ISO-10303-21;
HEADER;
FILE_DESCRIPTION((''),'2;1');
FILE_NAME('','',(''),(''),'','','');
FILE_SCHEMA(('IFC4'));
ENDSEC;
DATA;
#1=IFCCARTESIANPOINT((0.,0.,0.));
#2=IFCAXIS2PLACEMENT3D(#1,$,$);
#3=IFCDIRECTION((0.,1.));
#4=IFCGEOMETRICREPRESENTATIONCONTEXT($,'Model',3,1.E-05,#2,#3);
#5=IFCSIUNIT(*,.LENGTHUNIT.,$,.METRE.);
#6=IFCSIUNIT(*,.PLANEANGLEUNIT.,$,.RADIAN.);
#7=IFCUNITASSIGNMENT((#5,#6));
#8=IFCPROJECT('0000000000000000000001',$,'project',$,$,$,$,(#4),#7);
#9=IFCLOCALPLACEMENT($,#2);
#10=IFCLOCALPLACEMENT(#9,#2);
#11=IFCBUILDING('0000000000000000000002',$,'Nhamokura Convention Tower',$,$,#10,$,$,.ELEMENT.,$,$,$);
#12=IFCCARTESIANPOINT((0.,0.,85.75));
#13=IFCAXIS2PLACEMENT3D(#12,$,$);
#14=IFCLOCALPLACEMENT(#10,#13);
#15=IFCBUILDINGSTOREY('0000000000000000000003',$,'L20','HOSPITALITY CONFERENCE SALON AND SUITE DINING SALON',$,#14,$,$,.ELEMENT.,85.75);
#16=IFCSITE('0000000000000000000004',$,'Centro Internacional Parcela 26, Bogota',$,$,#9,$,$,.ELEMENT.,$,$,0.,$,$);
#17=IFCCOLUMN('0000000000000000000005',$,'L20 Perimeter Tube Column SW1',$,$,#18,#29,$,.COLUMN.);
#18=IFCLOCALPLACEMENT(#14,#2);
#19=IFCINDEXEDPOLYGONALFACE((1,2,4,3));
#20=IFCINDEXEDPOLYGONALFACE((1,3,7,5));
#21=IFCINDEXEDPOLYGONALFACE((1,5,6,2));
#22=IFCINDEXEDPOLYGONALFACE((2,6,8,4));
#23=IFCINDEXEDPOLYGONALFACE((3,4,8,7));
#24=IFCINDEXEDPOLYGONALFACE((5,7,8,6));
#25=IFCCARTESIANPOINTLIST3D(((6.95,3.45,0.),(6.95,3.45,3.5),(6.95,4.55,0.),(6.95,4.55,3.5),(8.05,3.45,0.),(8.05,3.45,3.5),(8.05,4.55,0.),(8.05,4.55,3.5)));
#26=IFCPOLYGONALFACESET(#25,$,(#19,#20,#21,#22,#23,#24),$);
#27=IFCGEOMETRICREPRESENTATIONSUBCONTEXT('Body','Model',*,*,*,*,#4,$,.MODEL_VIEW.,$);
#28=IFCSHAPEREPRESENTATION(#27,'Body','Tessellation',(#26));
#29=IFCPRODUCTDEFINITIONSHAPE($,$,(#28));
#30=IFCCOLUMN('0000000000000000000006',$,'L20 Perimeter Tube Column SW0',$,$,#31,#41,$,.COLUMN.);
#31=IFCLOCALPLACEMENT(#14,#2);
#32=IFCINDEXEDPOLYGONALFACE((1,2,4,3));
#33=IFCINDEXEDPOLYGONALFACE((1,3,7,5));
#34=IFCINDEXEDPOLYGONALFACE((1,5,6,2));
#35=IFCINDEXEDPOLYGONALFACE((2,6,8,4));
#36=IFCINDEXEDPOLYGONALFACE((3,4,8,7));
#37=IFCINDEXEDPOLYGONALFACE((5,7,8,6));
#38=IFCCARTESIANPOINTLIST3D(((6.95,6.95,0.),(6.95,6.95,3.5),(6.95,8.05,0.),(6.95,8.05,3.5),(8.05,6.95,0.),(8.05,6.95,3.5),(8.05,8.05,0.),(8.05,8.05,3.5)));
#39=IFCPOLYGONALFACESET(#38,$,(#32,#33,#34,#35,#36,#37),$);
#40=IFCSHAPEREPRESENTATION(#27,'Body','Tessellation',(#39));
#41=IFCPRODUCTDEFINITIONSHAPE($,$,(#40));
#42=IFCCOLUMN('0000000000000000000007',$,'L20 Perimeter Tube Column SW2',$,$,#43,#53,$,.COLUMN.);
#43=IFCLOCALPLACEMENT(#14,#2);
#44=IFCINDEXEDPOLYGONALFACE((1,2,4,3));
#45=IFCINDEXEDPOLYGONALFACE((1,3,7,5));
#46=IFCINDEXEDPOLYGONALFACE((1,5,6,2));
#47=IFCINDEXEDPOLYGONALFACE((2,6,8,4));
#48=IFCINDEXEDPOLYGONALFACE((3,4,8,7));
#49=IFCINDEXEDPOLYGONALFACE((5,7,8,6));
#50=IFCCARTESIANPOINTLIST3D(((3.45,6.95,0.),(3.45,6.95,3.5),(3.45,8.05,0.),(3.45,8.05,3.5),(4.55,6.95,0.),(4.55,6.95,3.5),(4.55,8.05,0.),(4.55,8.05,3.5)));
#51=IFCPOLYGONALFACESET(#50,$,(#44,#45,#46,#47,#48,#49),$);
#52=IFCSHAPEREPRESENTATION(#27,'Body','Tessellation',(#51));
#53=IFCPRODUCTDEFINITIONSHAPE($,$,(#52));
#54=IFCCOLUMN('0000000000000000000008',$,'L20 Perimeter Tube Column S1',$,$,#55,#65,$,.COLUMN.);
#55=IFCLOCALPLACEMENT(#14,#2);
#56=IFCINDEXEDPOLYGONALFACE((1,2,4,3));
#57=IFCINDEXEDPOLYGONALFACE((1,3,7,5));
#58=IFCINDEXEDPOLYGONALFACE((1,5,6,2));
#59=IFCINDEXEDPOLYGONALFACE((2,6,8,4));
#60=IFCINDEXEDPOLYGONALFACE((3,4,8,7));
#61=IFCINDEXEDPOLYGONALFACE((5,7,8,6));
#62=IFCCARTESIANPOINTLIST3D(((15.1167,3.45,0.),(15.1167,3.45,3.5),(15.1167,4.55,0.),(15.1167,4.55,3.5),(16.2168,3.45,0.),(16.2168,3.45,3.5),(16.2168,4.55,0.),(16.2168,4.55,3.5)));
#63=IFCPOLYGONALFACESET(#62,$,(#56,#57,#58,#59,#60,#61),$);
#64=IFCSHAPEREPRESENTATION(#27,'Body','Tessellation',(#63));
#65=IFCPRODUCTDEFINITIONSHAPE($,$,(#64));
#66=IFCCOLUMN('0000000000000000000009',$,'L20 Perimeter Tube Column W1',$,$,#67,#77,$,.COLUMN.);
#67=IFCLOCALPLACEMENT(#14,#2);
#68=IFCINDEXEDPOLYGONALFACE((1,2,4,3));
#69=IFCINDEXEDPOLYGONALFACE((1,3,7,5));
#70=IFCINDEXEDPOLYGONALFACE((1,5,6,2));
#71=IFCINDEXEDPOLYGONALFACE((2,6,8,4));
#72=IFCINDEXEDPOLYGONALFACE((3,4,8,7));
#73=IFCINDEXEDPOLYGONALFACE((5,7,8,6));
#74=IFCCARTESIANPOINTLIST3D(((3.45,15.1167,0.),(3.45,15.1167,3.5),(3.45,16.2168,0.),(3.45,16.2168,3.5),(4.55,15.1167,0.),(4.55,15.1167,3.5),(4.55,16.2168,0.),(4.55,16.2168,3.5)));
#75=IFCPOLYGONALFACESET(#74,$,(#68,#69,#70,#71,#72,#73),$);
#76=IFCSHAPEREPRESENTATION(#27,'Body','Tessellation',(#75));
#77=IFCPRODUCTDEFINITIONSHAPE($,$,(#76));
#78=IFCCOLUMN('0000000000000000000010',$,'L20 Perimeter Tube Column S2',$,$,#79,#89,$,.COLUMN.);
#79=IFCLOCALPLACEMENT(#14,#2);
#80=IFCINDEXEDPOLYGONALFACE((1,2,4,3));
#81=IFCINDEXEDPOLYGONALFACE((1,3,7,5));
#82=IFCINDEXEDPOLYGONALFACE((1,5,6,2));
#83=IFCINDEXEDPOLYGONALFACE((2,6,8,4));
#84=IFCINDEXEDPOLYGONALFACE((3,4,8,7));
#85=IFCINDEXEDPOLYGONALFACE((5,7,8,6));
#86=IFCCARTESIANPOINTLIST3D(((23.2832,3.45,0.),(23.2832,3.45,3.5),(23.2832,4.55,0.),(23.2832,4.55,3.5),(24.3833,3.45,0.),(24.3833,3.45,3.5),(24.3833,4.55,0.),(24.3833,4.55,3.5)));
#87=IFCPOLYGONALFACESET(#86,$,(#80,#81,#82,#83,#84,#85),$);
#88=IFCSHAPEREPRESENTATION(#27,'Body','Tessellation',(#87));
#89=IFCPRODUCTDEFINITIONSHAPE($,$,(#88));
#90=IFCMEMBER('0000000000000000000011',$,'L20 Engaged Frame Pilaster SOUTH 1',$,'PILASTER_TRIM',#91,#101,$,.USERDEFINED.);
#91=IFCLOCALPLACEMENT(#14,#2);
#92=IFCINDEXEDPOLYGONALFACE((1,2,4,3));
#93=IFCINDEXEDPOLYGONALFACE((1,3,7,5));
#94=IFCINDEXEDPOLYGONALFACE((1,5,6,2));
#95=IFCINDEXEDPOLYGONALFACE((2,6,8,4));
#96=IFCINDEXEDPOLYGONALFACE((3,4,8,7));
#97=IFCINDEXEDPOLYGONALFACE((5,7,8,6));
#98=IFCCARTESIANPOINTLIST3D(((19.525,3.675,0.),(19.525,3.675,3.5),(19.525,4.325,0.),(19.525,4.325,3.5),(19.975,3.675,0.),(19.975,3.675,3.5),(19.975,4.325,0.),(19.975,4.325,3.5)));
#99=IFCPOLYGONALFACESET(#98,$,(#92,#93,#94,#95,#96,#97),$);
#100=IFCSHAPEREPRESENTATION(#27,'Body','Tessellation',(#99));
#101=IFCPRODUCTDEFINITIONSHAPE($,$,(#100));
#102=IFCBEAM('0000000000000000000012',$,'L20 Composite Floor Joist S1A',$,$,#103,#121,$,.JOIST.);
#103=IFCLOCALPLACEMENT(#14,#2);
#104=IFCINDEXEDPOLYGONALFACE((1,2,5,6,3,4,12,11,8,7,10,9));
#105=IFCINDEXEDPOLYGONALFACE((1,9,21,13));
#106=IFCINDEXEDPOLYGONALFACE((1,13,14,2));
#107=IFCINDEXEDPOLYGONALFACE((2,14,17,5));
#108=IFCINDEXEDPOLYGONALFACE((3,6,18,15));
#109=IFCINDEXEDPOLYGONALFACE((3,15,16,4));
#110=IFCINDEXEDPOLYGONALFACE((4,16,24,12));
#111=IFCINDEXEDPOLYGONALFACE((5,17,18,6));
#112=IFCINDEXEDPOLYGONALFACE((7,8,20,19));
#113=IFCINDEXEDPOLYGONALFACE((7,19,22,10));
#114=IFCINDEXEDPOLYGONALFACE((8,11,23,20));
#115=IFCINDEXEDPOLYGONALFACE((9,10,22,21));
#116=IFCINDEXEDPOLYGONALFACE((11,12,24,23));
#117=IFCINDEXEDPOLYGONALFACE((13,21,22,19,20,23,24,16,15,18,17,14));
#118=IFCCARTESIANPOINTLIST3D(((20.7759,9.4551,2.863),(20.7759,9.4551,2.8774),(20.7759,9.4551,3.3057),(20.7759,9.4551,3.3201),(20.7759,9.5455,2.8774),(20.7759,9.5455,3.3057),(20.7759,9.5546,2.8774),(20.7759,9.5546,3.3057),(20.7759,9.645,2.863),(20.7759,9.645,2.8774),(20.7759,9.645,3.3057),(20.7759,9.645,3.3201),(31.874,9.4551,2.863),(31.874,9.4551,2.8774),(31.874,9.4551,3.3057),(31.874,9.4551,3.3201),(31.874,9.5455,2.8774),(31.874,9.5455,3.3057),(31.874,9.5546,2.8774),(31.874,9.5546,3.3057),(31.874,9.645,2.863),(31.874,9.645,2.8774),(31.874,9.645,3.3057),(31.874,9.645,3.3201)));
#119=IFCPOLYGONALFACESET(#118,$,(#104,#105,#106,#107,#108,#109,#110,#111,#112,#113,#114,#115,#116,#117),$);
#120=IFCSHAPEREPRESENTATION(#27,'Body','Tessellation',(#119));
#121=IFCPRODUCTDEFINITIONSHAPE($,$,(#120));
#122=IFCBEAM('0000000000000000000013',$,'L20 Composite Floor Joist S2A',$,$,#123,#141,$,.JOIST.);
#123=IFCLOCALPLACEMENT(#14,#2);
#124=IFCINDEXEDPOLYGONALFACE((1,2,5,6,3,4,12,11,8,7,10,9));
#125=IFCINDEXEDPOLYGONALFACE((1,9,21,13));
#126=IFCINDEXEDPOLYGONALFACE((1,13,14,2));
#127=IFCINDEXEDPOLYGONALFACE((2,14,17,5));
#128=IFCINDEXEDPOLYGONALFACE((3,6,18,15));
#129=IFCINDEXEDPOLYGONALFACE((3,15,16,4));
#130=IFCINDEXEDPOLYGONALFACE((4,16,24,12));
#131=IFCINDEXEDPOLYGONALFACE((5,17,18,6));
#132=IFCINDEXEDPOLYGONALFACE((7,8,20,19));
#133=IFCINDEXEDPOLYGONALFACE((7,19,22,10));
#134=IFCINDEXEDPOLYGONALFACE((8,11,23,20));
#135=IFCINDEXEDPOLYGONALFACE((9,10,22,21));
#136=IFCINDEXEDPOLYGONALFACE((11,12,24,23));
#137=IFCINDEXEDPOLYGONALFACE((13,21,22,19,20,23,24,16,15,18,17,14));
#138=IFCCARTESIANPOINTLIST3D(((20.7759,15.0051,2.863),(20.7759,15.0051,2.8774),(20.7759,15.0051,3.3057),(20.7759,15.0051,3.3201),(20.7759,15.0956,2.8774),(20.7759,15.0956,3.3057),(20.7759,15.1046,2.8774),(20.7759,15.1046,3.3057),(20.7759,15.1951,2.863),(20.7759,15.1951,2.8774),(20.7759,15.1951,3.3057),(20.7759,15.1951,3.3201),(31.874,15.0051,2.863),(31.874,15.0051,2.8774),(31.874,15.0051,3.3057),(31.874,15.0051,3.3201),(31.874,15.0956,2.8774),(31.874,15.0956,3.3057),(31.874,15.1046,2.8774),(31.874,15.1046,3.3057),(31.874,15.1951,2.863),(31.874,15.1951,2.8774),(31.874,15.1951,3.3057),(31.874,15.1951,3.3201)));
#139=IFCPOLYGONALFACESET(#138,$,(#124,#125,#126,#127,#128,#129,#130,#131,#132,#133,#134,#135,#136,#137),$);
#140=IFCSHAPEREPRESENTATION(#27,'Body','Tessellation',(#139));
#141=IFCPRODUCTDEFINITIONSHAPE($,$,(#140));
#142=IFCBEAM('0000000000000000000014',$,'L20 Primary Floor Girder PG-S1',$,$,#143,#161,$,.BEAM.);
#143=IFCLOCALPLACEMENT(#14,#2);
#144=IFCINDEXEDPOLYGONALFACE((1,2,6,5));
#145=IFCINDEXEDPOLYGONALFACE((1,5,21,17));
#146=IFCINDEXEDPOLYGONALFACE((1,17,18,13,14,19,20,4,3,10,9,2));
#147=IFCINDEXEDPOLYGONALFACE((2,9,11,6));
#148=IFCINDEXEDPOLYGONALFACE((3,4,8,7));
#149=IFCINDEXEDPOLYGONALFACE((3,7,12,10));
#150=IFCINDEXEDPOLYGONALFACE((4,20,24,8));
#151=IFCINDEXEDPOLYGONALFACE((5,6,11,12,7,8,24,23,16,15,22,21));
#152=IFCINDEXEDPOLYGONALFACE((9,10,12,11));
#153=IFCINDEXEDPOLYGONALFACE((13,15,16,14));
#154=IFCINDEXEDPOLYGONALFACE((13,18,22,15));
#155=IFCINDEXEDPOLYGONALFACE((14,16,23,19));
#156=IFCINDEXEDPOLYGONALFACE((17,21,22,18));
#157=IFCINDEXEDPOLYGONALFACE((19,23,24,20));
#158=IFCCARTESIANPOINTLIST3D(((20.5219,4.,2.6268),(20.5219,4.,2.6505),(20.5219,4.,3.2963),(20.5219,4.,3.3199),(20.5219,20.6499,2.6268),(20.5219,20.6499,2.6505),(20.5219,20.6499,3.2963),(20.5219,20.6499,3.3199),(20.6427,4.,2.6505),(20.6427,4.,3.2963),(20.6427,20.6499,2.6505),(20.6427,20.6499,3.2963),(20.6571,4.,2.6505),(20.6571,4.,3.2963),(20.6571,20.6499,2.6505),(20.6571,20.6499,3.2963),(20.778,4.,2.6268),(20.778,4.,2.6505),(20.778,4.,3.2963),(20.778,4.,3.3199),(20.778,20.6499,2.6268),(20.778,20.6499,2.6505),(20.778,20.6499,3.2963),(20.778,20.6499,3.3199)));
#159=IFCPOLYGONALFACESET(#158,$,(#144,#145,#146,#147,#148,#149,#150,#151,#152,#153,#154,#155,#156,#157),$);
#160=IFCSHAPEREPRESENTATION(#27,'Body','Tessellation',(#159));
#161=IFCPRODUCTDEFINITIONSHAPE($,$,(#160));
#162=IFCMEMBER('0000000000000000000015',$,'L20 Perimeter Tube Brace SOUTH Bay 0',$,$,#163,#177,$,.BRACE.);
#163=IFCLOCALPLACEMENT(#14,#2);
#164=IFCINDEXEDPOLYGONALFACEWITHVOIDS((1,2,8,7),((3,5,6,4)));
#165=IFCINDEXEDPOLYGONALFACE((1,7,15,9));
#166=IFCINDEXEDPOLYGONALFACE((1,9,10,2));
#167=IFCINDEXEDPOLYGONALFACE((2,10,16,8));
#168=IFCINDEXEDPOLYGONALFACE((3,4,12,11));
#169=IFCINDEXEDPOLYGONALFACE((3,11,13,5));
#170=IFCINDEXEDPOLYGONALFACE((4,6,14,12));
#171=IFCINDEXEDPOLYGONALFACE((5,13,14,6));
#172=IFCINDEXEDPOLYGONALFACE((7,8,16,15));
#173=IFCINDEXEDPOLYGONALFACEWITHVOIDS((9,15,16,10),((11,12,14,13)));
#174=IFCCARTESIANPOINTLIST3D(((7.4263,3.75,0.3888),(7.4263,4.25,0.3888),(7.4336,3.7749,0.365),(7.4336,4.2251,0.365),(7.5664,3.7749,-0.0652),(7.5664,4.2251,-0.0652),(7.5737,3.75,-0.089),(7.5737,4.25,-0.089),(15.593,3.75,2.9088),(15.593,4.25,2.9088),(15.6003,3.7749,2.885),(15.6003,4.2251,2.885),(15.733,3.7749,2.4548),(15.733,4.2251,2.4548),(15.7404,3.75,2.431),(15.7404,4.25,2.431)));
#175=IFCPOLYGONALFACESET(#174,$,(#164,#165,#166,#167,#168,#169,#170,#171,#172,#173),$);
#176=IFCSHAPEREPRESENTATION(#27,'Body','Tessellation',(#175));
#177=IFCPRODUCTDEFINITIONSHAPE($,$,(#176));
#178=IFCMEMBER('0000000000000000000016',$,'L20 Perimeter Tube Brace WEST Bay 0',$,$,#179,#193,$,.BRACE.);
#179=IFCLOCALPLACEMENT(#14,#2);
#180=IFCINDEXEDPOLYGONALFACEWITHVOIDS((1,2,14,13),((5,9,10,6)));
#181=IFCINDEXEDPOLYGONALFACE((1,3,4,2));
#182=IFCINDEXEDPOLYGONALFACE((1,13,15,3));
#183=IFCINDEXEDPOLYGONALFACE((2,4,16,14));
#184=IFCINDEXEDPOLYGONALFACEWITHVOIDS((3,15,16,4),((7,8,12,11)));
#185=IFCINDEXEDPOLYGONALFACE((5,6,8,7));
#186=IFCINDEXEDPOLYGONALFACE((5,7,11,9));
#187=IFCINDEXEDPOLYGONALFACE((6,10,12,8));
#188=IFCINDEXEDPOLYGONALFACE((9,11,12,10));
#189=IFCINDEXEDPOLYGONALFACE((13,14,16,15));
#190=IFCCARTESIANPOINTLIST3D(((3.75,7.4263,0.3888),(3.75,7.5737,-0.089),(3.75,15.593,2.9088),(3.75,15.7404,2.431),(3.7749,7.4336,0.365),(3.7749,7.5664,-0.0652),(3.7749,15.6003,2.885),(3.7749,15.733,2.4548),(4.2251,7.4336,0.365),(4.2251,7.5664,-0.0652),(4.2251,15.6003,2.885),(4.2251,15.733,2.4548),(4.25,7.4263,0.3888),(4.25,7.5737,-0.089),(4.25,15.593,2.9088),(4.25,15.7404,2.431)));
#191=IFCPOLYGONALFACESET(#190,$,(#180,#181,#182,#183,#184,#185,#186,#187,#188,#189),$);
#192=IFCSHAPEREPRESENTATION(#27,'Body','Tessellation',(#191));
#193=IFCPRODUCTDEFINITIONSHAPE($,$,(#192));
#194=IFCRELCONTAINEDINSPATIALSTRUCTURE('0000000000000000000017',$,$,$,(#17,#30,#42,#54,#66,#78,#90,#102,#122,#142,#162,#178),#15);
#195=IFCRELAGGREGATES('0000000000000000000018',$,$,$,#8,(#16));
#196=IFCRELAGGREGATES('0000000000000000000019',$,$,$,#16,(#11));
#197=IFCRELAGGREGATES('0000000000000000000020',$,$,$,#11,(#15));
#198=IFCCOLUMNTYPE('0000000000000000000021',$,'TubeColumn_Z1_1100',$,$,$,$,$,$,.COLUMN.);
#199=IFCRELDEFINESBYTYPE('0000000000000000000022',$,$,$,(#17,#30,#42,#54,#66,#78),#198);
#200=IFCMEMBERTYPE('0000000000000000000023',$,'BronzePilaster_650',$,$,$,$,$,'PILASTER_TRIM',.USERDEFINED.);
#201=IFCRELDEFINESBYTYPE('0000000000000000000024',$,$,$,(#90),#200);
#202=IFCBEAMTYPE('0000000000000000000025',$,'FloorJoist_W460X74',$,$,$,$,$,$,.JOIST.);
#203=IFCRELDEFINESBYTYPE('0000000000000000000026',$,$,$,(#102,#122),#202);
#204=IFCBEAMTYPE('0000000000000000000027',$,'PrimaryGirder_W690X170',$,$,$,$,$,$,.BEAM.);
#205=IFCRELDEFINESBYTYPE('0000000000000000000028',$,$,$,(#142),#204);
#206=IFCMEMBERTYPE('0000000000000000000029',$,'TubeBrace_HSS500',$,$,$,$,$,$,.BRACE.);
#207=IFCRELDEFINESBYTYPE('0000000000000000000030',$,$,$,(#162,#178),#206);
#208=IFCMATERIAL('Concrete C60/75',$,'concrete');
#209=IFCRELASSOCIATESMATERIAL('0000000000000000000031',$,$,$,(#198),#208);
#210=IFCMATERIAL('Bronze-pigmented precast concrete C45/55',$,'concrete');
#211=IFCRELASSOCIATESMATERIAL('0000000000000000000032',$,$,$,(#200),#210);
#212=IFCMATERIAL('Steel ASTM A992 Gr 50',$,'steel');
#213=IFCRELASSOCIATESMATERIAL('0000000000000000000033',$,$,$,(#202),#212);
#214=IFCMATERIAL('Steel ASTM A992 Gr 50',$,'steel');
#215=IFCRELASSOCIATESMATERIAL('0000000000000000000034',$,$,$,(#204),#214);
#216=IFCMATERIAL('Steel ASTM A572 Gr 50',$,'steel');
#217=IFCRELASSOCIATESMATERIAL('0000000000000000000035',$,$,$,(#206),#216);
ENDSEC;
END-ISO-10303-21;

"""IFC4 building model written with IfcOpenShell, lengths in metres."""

from ifc_helpers import new_model, si_unit, direction, frame, origin, origin_2d, place, context, subcontext, project, spatial, rectangle, hollow_rectangle, i_section, extrude, material, material_profile, profile_set, type_object, element, save


model = new_model("IFC4")

# Units and contexts
model_context = context("Model", 3, precision=1e-05, world=origin(), true_north=direction((0.0, 1.0)))
body_context = subcontext(model_context, "Body", "Model", "MODEL_VIEW")
ifc_project = project(units=[si_unit("LENGTHUNIT", "METRE"), si_unit("PLANEANGLEUNIT", "RADIAN")], contexts=[model_context])

# Site, building, storey
site_placement = place(None, origin())
site = spatial("IfcSite", under=ifc_project, at=site_placement, Name="Centro Internacional Parcela 26, Bogota", CompositionType="ELEMENT", RefElevation=0.0)
building_placement = place(site_placement, origin())
building = spatial("IfcBuilding", under=site, at=building_placement, Name="Nhamokura Convention Tower", CompositionType="ELEMENT")
storey_placement = place(building_placement, frame((0.0, 0.0, 85.75)))
storey = spatial("IfcBuildingStorey", under=building, at=storey_placement, Name="L20", Description="HOSPITALITY CONFERENCE SALON AND SUITE DINING SALON", CompositionType="ELEMENT", Elevation=85.75)

# Columns
ifc_material_1 = material(Name="Concrete C60/75", Category="concrete")
ifc_material_profile_1 = material_profile(ifc_material_1, rectangle(XDim=1.1001, YDim=1.1001, at=origin_2d()))
ifc_profile_set_1 = profile_set([ifc_material_profile_1], Name="Concrete C60/75")
column_type = type_object("IfcColumnType", Name="TubeColumn_Z1_1100", PredefinedType="COLUMN", material=ifc_profile_set_1)
for number, where, z_axis, x_axis, name in (
    (1, (7.5, 4.0, 0.0), (0.0, 0.0, 1.0), (1.0, 0.0, 0.0), "L20 Perimeter Tube Column SW1"),
    (2, (7.5, 7.5, 0.0), (0.0, 0.0, 1.0), (1.0, 0.0, 0.0), "L20 Perimeter Tube Column SW0"),
    (3, (4.0, 7.5, 0.0), (0.0, 0.0, 1.0), (1.0, 0.0, 0.0), "L20 Perimeter Tube Column SW2"),
    (4, (15.6667, 4.0, 0.0), (0.0, 0.0, 1.0), (1.0, 0.0, 0.0), "L20 Perimeter Tube Column S1"),
    (5, (4.0, 15.6667, 0.0), (0.0, 0.0, 1.0), (1.0, 0.0, 0.0), "L20 Perimeter Tube Column W1"),
    (6, (23.8333, 4.0, 0.0), (0.0, 0.0, 1.0), (1.0, 0.0, 0.0), "L20 Perimeter Tube Column S2"),
):
    element("IfcColumn", number, at=place(storey_placement, frame(where, z_axis=z_axis, x_axis=x_axis)), inside=storey, type_object=column_type, Name=name, PredefinedType="COLUMN", context=body_context, shape_type="SweptSolid", body=[
        extrude(rectangle(XDim=1.1001, YDim=1.1001, at=origin_2d()), origin(), (0.0, 0.0, 1.0), 3.5),
    ])

# Member
ifc_material_2 = material(Name="Bronze-pigmented precast concrete C45/55", Category="concrete")
ifc_material_profile_2 = material_profile(ifc_material_2, rectangle(XDim=0.45, YDim=0.6499, at=origin_2d()))
ifc_profile_set_2 = profile_set([ifc_material_profile_2], Name="Bronze-pigmented precast concrete C45/55")
member_type_1 = type_object("IfcMemberType", Name="BronzePilaster_650", ElementType="PILASTER_TRIM", PredefinedType="USERDEFINED", material=ifc_profile_set_2)
member_placement = place(storey_placement, frame((19.75, 4.0, 0.0), z_axis=(0.0, 0.0, 1.0), x_axis=(1.0, 0.0, 0.0)))
element("IfcMember", 7, at=member_placement, inside=storey, type_object=member_type_1, Name="L20 Engaged Frame Pilaster SOUTH 1", ObjectType="PILASTER_TRIM", PredefinedType="USERDEFINED", context=body_context, shape_type="SweptSolid", body=[
    extrude(rectangle(XDim=0.45, YDim=0.6499, at=origin_2d()), origin(), (0.0, 0.0, 1.0), 3.5),
])

# Beams
ifc_material_3 = material(Name="Steel ASTM A992 Gr 50", Category="steel")
ifc_material_profile_3 = material_profile(ifc_material_3, i_section(OverallWidth=0.1899, OverallDepth=0.457, WebThickness=0.009, FlangeThickness=0.0144, at=origin_2d()))
ifc_profile_set_3 = profile_set([ifc_material_profile_3], Name="Steel ASTM A992 Gr 50")
beam_type_1 = type_object("IfcBeamType", Name="FloorJoist_W460X74", PredefinedType="JOIST", material=ifc_profile_set_3)
for number, where, z_axis, x_axis, name in (
    (8, (20.7759, 9.55, 3.0916), (1.0, 0.0, 0.0), (0.0, 1.0, 0.0), "L20 Composite Floor Joist S1A"),
    (9, (20.7759, 15.1001, 3.0916), (1.0, 0.0, 0.0), (0.0, 1.0, 0.0), "L20 Composite Floor Joist S2A"),
):
    element("IfcBeam", number, at=place(storey_placement, frame(where, z_axis=z_axis, x_axis=x_axis)), inside=storey, type_object=beam_type_1, Name=name, PredefinedType="JOIST", context=body_context, shape_type="SweptSolid", body=[
        extrude(i_section(OverallWidth=0.1899, OverallDepth=0.457, WebThickness=0.009, FlangeThickness=0.0144, at=origin_2d()), origin(), (0.0, 0.0, 1.0), 11.0981),
    ])
ifc_material_4 = material(Name="Steel ASTM A992 Gr 50", Category="steel")
ifc_material_profile_4 = material_profile(ifc_material_4, i_section(OverallWidth=0.2561, OverallDepth=0.6931, WebThickness=0.0144, FlangeThickness=0.0237, at=origin_2d()))
ifc_profile_set_4 = profile_set([ifc_material_profile_4], Name="Steel ASTM A992 Gr 50")
beam_type_2 = type_object("IfcBeamType", Name="PrimaryGirder_W690X170", PredefinedType="BEAM", material=ifc_profile_set_4)
beam_1_placement = place(storey_placement, frame((20.6499, 4.0, 2.9734), z_axis=(0.0, 1.0, 0.0), x_axis=(-1.0, 0.0, 0.0)))
element("IfcBeam", 10, at=beam_1_placement, inside=storey, type_object=beam_type_2, Name="L20 Primary Floor Girder PG-S1", PredefinedType="BEAM", context=body_context, shape_type="SweptSolid", body=[
    extrude(i_section(OverallWidth=0.2561, OverallDepth=0.6931, WebThickness=0.0144, FlangeThickness=0.0237, at=origin_2d()), origin(), (0.0, 0.0, 1.0), 16.6499),
])

# Members
ifc_material_5 = material(Name="Steel ASTM A572 Gr 50", Category="steel")
ifc_material_profile_5 = material_profile(ifc_material_5, hollow_rectangle(XDim=0.5, YDim=0.5, WallThickness=0.0249, at=origin_2d()))
ifc_profile_set_5 = profile_set([ifc_material_profile_5], Name="Steel ASTM A572 Gr 50")
member_type_2 = type_object("IfcMemberType", Name="TubeBrace_HSS500", PredefinedType="BRACE", material=ifc_profile_set_5)
for number, where, z_axis, x_axis, name in (
    (11, (7.5, 4.0, 0.1499), (0.955543, 0.0, 0.294853), (0.0, 1.0, 0.0), "L20 Perimeter Tube Brace SOUTH Bay 0"),
    (12, (4.0, 7.5, 0.1499), (0.0, 0.955543, 0.294853), (-1.0, 0.0, 0.0), "L20 Perimeter Tube Brace WEST Bay 0"),
):
    element("IfcMember", number, at=place(storey_placement, frame(where, z_axis=z_axis, x_axis=x_axis)), inside=storey, type_object=member_type_2, Name=name, PredefinedType="BRACE", context=body_context, shape_type="SweptSolid", body=[
        extrude(hollow_rectangle(XDim=0.5, YDim=0.5, WallThickness=0.0249, at=origin_2d()), origin(), (0.0, 0.0, 1.0), 8.5466),
    ])

save(model, "model.ifc")
